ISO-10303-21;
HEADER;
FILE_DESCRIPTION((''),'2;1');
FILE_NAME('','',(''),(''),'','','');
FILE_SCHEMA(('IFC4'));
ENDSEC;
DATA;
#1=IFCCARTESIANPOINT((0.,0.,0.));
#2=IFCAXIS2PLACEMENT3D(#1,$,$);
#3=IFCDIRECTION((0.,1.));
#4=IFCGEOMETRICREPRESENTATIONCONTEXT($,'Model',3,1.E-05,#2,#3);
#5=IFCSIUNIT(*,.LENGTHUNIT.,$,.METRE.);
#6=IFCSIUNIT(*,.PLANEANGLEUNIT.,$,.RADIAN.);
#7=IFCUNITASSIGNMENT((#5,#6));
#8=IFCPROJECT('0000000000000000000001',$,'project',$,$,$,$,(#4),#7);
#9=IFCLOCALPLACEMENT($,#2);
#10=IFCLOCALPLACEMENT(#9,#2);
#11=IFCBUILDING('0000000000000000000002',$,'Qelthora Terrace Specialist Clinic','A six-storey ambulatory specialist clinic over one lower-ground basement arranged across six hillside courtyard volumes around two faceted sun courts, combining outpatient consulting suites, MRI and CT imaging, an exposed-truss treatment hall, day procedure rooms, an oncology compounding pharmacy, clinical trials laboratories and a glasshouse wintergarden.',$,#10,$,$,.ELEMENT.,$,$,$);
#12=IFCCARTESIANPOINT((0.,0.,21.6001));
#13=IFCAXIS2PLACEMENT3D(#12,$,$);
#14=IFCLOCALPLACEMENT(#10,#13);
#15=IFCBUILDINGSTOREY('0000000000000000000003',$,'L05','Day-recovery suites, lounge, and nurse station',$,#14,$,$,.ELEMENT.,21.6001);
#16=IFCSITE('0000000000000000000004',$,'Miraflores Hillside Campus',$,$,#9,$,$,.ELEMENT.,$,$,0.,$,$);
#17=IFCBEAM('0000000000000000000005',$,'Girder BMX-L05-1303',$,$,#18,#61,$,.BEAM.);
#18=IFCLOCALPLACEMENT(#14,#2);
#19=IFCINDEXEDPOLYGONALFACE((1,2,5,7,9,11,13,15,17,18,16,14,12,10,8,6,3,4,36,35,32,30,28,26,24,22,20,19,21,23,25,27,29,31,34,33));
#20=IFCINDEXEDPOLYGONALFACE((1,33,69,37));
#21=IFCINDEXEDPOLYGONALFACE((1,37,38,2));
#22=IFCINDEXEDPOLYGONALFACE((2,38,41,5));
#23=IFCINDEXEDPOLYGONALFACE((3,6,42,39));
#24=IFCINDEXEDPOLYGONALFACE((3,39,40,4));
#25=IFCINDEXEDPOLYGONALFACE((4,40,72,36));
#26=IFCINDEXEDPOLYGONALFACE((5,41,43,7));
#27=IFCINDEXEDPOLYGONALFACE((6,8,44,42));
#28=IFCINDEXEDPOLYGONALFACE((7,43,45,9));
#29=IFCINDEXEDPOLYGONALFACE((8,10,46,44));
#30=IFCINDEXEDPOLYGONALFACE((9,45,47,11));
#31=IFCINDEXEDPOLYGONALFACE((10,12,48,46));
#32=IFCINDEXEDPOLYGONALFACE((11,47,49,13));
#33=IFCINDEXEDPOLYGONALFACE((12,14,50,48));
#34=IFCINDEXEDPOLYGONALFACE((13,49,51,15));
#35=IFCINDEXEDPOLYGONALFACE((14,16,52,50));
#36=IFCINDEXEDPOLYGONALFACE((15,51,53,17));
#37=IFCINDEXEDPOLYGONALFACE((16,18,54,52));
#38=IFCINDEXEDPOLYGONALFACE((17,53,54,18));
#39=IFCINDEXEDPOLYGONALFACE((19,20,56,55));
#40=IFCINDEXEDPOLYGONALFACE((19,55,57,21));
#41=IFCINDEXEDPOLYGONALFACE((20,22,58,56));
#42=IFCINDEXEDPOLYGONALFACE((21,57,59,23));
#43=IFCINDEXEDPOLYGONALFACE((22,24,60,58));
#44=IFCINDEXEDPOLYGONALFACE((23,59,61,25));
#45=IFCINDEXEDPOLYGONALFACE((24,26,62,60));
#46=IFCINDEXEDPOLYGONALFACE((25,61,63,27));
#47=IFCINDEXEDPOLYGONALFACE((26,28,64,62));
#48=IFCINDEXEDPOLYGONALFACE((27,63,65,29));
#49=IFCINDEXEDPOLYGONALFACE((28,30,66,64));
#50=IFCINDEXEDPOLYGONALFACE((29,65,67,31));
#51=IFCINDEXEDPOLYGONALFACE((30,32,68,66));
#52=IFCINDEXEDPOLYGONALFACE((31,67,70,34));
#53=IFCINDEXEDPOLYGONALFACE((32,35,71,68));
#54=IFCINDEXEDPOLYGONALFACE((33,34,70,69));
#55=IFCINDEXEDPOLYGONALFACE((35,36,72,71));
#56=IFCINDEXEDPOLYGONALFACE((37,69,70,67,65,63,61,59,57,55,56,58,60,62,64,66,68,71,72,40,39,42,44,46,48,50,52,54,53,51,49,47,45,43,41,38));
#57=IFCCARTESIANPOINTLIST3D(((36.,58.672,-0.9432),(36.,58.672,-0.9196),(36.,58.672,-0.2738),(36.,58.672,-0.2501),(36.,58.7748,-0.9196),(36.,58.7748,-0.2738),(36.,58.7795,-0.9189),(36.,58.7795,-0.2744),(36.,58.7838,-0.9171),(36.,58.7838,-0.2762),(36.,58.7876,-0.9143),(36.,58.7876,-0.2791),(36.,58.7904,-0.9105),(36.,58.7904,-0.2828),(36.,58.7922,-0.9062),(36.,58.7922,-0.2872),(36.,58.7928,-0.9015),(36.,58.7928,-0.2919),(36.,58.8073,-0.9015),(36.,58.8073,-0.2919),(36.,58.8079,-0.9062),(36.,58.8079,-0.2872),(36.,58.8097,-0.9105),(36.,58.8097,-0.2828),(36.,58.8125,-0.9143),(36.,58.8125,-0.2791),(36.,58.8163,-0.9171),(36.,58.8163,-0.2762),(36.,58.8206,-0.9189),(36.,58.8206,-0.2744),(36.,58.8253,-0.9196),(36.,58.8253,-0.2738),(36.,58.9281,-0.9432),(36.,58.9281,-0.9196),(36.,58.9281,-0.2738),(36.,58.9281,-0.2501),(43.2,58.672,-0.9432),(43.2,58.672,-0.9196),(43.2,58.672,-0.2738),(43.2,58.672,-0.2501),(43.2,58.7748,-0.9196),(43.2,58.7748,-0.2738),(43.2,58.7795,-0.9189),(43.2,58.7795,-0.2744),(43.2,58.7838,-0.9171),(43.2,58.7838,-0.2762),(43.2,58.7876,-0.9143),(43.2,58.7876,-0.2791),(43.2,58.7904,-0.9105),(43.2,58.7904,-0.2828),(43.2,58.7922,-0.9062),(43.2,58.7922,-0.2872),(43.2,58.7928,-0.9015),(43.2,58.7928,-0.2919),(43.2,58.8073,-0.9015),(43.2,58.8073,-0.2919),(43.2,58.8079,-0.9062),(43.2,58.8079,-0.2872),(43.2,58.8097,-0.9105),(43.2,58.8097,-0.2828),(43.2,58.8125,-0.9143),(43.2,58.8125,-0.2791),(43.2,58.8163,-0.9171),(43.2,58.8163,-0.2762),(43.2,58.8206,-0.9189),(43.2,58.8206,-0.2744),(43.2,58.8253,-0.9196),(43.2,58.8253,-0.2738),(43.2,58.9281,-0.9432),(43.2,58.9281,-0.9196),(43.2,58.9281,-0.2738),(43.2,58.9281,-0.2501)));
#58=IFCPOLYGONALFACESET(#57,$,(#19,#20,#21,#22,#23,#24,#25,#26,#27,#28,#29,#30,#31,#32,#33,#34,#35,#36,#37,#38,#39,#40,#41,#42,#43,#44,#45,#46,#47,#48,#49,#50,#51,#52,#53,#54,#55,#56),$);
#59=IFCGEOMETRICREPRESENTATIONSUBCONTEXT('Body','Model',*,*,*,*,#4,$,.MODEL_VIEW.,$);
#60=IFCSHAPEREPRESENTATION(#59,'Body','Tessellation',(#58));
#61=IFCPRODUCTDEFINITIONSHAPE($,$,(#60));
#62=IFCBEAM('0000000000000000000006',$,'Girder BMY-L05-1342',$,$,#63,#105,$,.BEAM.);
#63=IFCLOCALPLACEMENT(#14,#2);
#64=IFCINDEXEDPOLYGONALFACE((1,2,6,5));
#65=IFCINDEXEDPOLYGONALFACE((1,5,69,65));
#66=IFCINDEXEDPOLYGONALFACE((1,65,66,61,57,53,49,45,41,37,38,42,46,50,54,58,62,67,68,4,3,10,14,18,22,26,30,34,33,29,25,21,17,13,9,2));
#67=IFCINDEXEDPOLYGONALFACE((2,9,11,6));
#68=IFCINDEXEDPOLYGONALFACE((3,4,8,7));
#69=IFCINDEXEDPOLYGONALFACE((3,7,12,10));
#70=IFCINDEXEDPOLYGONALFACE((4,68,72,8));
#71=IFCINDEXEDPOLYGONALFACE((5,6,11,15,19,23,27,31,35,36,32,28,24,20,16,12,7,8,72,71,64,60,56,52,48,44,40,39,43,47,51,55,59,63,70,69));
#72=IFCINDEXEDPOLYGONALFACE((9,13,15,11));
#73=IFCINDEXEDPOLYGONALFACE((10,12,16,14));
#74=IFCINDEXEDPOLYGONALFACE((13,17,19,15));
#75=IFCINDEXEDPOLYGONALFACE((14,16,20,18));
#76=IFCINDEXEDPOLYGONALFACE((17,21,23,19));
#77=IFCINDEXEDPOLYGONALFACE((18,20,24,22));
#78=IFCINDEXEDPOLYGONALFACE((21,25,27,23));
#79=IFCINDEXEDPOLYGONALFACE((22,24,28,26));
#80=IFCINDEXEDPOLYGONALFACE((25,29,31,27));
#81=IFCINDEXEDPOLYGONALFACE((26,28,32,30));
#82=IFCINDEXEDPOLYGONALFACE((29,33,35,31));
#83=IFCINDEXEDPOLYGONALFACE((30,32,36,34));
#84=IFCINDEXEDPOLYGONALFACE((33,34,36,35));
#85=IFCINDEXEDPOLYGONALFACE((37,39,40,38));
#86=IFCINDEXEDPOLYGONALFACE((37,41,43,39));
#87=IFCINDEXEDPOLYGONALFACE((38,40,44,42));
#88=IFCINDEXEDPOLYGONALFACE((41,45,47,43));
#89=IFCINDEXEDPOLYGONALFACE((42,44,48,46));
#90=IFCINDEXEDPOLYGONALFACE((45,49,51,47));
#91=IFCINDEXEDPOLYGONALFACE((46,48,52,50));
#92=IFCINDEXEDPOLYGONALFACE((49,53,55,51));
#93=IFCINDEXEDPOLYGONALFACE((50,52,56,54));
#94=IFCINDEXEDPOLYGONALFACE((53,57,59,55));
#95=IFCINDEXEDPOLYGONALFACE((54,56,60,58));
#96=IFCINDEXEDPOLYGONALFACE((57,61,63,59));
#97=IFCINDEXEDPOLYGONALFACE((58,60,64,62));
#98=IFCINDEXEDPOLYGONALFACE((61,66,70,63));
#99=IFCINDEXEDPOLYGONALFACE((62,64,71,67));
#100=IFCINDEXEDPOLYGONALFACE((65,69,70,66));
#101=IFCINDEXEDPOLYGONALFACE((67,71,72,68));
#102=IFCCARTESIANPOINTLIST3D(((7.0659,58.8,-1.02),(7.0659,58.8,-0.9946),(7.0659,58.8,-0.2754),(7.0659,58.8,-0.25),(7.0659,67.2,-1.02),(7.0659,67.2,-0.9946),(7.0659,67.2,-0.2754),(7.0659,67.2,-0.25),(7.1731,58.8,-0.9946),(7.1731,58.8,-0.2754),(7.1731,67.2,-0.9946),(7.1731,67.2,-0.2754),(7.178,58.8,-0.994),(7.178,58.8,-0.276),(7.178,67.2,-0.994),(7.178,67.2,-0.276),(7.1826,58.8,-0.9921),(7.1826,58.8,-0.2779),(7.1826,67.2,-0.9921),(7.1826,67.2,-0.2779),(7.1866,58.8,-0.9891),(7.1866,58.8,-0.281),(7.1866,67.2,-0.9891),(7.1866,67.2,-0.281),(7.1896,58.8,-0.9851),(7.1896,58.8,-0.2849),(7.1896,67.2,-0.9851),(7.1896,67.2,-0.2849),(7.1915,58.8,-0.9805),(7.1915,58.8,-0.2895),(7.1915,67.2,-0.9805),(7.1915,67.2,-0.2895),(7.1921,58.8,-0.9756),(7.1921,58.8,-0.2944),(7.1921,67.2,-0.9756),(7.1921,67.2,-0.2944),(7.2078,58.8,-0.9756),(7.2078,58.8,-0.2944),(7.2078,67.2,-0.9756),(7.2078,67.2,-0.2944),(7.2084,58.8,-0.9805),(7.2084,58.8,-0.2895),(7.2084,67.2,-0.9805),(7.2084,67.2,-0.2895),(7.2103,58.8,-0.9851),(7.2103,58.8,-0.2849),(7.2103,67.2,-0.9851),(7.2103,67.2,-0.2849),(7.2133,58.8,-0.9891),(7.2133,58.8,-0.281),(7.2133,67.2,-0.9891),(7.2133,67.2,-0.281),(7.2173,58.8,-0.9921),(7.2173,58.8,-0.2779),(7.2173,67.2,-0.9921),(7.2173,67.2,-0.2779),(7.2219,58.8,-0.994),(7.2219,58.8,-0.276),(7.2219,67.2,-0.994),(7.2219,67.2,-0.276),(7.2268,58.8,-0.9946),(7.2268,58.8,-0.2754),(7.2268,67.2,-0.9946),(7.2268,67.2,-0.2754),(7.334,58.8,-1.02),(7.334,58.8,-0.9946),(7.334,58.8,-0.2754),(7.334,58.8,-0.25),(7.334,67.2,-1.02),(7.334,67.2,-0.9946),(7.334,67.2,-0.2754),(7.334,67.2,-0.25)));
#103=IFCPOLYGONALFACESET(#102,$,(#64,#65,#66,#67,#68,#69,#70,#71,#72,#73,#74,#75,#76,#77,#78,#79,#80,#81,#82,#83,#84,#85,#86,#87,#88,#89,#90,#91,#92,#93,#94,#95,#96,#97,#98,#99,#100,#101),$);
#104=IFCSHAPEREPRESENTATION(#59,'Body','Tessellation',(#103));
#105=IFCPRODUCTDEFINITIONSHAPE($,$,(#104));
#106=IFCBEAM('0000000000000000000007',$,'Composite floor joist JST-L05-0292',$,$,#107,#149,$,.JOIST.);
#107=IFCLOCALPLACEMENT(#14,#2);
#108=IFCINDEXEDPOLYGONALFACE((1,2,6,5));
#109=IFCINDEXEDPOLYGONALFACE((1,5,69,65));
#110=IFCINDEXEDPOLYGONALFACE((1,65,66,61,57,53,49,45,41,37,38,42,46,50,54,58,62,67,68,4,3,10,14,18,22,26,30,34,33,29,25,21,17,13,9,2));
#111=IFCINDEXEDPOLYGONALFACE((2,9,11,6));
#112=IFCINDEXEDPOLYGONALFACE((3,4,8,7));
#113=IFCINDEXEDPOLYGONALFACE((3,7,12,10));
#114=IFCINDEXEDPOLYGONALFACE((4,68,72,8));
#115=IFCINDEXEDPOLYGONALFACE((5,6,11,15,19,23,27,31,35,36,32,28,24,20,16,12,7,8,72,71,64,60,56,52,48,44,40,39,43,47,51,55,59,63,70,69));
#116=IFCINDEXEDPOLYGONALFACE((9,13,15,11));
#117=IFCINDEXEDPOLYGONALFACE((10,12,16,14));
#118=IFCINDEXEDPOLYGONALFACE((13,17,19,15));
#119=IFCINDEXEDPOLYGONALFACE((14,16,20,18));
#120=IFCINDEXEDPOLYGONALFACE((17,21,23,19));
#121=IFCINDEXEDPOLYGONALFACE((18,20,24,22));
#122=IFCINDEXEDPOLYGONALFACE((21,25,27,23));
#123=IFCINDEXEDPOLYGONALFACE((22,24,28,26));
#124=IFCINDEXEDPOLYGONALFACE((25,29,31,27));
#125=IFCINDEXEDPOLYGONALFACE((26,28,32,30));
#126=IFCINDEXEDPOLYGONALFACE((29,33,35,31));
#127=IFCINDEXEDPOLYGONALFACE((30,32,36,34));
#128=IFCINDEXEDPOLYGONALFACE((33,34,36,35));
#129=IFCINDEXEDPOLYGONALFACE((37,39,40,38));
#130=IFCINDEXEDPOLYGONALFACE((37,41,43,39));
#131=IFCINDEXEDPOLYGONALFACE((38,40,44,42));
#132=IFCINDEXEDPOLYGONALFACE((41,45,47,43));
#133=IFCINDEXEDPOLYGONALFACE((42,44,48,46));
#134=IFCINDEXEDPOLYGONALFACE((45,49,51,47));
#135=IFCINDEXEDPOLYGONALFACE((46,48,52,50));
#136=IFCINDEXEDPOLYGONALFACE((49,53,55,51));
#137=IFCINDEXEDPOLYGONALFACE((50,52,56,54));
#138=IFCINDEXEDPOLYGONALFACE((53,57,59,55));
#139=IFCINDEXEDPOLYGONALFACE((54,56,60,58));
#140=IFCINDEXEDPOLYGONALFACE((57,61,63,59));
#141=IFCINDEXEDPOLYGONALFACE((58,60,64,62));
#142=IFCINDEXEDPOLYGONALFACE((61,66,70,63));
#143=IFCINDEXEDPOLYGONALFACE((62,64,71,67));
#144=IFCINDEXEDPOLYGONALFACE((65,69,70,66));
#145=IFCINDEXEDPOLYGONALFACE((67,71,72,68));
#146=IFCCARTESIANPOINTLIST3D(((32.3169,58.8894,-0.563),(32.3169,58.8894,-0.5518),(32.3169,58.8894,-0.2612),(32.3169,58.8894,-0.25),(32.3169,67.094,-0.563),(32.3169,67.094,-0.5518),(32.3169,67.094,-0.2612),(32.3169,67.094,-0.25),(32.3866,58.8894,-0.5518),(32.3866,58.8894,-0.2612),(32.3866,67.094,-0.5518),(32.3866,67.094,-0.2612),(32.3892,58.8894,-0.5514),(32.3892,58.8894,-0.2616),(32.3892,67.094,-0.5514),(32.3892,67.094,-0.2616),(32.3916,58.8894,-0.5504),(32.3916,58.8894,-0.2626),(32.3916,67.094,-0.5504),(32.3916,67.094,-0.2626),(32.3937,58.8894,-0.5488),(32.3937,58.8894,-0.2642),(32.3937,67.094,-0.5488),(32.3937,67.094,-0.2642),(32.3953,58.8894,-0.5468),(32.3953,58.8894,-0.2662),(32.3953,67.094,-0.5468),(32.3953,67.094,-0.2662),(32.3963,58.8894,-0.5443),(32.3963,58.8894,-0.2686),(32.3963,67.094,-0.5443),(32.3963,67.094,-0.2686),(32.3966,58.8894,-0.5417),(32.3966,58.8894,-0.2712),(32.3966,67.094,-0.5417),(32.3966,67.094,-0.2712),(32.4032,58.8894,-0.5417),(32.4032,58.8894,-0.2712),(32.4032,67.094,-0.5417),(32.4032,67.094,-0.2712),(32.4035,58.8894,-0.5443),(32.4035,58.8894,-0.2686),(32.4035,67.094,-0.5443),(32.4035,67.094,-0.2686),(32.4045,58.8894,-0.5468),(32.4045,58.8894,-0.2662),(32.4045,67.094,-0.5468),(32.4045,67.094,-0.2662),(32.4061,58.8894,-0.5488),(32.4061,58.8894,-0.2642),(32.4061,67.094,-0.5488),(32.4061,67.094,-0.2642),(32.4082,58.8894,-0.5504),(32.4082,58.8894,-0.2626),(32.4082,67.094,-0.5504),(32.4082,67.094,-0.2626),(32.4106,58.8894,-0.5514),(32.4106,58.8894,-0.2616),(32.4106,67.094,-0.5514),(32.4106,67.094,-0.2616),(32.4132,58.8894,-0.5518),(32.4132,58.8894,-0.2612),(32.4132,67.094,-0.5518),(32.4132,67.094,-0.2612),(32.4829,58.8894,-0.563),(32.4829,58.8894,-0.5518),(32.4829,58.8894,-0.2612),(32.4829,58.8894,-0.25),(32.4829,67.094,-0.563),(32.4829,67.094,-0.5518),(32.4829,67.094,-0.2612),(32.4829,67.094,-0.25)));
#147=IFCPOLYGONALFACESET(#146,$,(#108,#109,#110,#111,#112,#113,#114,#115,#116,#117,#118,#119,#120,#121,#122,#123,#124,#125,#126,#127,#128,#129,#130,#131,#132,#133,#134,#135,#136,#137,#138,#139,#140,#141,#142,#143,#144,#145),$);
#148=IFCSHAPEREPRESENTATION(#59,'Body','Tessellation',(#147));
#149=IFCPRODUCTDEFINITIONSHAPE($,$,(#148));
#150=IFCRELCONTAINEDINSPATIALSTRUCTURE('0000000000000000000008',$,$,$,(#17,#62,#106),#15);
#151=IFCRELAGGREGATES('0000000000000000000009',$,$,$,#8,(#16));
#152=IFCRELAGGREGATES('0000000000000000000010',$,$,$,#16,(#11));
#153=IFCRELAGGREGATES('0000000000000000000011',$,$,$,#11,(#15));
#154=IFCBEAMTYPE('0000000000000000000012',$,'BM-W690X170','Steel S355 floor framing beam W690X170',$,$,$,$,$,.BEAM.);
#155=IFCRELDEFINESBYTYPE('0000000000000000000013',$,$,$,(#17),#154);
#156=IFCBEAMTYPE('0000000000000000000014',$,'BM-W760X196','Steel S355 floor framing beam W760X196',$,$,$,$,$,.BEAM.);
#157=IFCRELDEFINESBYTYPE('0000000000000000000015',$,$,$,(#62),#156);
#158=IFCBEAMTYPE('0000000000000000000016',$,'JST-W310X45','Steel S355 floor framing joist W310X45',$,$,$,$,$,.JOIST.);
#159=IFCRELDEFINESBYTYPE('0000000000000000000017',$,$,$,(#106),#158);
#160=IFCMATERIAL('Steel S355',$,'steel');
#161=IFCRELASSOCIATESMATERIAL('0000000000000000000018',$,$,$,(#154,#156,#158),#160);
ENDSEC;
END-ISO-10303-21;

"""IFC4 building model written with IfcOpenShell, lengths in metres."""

from ifc_helpers import new_model, si_unit, direction, frame, origin, origin_2d, place, context, subcontext, project, spatial, i_section, extrude, material, material_profile, profile_set, type_object, element, save


model = new_model("IFC4")

# Units and contexts
model_context = context("Model", 3, precision=1e-05, world=origin(), true_north=direction((0.0, 1.0)))
body_context = subcontext(model_context, "Body", "Model", "MODEL_VIEW")
ifc_project = project(units=[si_unit("LENGTHUNIT", "METRE"), si_unit("PLANEANGLEUNIT", "RADIAN")], contexts=[model_context])

# Site, building, storey
site_placement = place(None, origin())
site = spatial("IfcSite", under=ifc_project, at=site_placement, Name="Miraflores Hillside Campus", CompositionType="ELEMENT", RefElevation=0.0)
building_placement = place(site_placement, origin())
building = spatial("IfcBuilding", under=site, at=building_placement, Name="Qelthora Terrace Specialist Clinic", Description="A six-storey ambulatory specialist clinic over one lower-ground basement arranged across six hillside courtyard volumes around two faceted sun courts, combining outpatient consulting suites, MRI and CT imaging, an exposed-truss treatment hall, day procedure rooms, an oncology compounding pharmacy, clinical trials laboratories and a glasshouse wintergarden.", CompositionType="ELEMENT")
storey_placement = place(building_placement, frame((0.0, 0.0, 21.6001)))
storey = spatial("IfcBuildingStorey", under=building, at=storey_placement, Name="L05", Description="Day-recovery suites, lounge, and nurse station", CompositionType="ELEMENT", Elevation=21.6001)

# Shared definitions
ifc_material_1 = material(Name="Steel S355", Category="steel")

# Beams
ifc_material_profile_1 = material_profile(ifc_material_1, i_section(OverallWidth=0.2561, OverallDepth=0.6931, WebThickness=0.0144, FlangeThickness=0.0237, FilletRadius=0.0181, at=origin_2d()), Name="W690X170")
ifc_profile_set_1 = profile_set([ifc_material_profile_1], Name="Steel S355")
beam_type_1 = type_object("IfcBeamType", Name="BM-W690X170", Description="Steel S355 floor framing beam W690X170", PredefinedType="BEAM", material=ifc_profile_set_1)
beam_1_placement = place(storey_placement, frame((36.0, 58.8, -0.5967), z_axis=(1.0, 0.0, 0.0), x_axis=(0.0, 1.0, 0.0)))
element("IfcBeam", 1, at=beam_1_placement, inside=storey, type_object=beam_type_1, Name="Girder BMX-L05-1303", PredefinedType="BEAM", context=body_context, shape_type="SweptSolid", body=[
    extrude(i_section(OverallWidth=0.2561, OverallDepth=0.6931, WebThickness=0.0144, FlangeThickness=0.0237, FilletRadius=0.0181, at=origin_2d()), origin(), (0.0, 0.0, 1.0), 7.2),
])
ifc_material_profile_2 = material_profile(ifc_material_1, i_section(OverallWidth=0.2681, OverallDepth=0.77, WebThickness=0.0156, FlangeThickness=0.0254, FilletRadius=0.019, at=origin_2d()), Name="W760X196")
ifc_profile_set_2 = profile_set([ifc_material_profile_2], Name="Steel S355")
beam_type_2 = type_object("IfcBeamType", Name="BM-W760X196", Description="Steel S355 floor framing beam W760X196", PredefinedType="BEAM", material=ifc_profile_set_2)
beam_2_placement = place(storey_placement, frame((7.2, 58.8, -0.635), z_axis=(0.0, 1.0, 0.0), x_axis=(-1.0, 0.0, 0.0)))
element("IfcBeam", 2, at=beam_2_placement, inside=storey, type_object=beam_type_2, Name="Girder BMY-L05-1342", PredefinedType="BEAM", context=body_context, shape_type="SweptSolid", body=[
    extrude(i_section(OverallWidth=0.2681, OverallDepth=0.77, WebThickness=0.0156, FlangeThickness=0.0254, FilletRadius=0.019, at=origin_2d()), origin(), (0.0, 0.0, 1.0), 8.3999),
])
ifc_material_profile_3 = material_profile(ifc_material_1, i_section(OverallWidth=0.166, OverallDepth=0.313, WebThickness=0.0066, FlangeThickness=0.0112, FilletRadius=0.01, at=origin_2d()), Name="W310X45")
ifc_profile_set_3 = profile_set([ifc_material_profile_3], Name="Steel S355")
beam_type_3 = type_object("IfcBeamType", Name="JST-W310X45", Description="Steel S355 floor framing joist W310X45", PredefinedType="JOIST", material=ifc_profile_set_3)
beam_3_placement = place(storey_placement, frame((32.3999, 58.8894, -0.4065), z_axis=(0.0, 1.0, 0.0), x_axis=(-1.0, 0.0, 0.0)))
element("IfcBeam", 3, at=beam_3_placement, inside=storey, type_object=beam_type_3, Name="Composite floor joist JST-L05-0292", PredefinedType="JOIST", context=body_context, shape_type="SweptSolid", body=[
    extrude(i_section(OverallWidth=0.166, OverallDepth=0.313, WebThickness=0.0066, FlangeThickness=0.0112, FilletRadius=0.01, at=origin_2d()), origin(), (0.0, 0.0, 1.0), 8.2046),
])

save(model, "model.ifc")
